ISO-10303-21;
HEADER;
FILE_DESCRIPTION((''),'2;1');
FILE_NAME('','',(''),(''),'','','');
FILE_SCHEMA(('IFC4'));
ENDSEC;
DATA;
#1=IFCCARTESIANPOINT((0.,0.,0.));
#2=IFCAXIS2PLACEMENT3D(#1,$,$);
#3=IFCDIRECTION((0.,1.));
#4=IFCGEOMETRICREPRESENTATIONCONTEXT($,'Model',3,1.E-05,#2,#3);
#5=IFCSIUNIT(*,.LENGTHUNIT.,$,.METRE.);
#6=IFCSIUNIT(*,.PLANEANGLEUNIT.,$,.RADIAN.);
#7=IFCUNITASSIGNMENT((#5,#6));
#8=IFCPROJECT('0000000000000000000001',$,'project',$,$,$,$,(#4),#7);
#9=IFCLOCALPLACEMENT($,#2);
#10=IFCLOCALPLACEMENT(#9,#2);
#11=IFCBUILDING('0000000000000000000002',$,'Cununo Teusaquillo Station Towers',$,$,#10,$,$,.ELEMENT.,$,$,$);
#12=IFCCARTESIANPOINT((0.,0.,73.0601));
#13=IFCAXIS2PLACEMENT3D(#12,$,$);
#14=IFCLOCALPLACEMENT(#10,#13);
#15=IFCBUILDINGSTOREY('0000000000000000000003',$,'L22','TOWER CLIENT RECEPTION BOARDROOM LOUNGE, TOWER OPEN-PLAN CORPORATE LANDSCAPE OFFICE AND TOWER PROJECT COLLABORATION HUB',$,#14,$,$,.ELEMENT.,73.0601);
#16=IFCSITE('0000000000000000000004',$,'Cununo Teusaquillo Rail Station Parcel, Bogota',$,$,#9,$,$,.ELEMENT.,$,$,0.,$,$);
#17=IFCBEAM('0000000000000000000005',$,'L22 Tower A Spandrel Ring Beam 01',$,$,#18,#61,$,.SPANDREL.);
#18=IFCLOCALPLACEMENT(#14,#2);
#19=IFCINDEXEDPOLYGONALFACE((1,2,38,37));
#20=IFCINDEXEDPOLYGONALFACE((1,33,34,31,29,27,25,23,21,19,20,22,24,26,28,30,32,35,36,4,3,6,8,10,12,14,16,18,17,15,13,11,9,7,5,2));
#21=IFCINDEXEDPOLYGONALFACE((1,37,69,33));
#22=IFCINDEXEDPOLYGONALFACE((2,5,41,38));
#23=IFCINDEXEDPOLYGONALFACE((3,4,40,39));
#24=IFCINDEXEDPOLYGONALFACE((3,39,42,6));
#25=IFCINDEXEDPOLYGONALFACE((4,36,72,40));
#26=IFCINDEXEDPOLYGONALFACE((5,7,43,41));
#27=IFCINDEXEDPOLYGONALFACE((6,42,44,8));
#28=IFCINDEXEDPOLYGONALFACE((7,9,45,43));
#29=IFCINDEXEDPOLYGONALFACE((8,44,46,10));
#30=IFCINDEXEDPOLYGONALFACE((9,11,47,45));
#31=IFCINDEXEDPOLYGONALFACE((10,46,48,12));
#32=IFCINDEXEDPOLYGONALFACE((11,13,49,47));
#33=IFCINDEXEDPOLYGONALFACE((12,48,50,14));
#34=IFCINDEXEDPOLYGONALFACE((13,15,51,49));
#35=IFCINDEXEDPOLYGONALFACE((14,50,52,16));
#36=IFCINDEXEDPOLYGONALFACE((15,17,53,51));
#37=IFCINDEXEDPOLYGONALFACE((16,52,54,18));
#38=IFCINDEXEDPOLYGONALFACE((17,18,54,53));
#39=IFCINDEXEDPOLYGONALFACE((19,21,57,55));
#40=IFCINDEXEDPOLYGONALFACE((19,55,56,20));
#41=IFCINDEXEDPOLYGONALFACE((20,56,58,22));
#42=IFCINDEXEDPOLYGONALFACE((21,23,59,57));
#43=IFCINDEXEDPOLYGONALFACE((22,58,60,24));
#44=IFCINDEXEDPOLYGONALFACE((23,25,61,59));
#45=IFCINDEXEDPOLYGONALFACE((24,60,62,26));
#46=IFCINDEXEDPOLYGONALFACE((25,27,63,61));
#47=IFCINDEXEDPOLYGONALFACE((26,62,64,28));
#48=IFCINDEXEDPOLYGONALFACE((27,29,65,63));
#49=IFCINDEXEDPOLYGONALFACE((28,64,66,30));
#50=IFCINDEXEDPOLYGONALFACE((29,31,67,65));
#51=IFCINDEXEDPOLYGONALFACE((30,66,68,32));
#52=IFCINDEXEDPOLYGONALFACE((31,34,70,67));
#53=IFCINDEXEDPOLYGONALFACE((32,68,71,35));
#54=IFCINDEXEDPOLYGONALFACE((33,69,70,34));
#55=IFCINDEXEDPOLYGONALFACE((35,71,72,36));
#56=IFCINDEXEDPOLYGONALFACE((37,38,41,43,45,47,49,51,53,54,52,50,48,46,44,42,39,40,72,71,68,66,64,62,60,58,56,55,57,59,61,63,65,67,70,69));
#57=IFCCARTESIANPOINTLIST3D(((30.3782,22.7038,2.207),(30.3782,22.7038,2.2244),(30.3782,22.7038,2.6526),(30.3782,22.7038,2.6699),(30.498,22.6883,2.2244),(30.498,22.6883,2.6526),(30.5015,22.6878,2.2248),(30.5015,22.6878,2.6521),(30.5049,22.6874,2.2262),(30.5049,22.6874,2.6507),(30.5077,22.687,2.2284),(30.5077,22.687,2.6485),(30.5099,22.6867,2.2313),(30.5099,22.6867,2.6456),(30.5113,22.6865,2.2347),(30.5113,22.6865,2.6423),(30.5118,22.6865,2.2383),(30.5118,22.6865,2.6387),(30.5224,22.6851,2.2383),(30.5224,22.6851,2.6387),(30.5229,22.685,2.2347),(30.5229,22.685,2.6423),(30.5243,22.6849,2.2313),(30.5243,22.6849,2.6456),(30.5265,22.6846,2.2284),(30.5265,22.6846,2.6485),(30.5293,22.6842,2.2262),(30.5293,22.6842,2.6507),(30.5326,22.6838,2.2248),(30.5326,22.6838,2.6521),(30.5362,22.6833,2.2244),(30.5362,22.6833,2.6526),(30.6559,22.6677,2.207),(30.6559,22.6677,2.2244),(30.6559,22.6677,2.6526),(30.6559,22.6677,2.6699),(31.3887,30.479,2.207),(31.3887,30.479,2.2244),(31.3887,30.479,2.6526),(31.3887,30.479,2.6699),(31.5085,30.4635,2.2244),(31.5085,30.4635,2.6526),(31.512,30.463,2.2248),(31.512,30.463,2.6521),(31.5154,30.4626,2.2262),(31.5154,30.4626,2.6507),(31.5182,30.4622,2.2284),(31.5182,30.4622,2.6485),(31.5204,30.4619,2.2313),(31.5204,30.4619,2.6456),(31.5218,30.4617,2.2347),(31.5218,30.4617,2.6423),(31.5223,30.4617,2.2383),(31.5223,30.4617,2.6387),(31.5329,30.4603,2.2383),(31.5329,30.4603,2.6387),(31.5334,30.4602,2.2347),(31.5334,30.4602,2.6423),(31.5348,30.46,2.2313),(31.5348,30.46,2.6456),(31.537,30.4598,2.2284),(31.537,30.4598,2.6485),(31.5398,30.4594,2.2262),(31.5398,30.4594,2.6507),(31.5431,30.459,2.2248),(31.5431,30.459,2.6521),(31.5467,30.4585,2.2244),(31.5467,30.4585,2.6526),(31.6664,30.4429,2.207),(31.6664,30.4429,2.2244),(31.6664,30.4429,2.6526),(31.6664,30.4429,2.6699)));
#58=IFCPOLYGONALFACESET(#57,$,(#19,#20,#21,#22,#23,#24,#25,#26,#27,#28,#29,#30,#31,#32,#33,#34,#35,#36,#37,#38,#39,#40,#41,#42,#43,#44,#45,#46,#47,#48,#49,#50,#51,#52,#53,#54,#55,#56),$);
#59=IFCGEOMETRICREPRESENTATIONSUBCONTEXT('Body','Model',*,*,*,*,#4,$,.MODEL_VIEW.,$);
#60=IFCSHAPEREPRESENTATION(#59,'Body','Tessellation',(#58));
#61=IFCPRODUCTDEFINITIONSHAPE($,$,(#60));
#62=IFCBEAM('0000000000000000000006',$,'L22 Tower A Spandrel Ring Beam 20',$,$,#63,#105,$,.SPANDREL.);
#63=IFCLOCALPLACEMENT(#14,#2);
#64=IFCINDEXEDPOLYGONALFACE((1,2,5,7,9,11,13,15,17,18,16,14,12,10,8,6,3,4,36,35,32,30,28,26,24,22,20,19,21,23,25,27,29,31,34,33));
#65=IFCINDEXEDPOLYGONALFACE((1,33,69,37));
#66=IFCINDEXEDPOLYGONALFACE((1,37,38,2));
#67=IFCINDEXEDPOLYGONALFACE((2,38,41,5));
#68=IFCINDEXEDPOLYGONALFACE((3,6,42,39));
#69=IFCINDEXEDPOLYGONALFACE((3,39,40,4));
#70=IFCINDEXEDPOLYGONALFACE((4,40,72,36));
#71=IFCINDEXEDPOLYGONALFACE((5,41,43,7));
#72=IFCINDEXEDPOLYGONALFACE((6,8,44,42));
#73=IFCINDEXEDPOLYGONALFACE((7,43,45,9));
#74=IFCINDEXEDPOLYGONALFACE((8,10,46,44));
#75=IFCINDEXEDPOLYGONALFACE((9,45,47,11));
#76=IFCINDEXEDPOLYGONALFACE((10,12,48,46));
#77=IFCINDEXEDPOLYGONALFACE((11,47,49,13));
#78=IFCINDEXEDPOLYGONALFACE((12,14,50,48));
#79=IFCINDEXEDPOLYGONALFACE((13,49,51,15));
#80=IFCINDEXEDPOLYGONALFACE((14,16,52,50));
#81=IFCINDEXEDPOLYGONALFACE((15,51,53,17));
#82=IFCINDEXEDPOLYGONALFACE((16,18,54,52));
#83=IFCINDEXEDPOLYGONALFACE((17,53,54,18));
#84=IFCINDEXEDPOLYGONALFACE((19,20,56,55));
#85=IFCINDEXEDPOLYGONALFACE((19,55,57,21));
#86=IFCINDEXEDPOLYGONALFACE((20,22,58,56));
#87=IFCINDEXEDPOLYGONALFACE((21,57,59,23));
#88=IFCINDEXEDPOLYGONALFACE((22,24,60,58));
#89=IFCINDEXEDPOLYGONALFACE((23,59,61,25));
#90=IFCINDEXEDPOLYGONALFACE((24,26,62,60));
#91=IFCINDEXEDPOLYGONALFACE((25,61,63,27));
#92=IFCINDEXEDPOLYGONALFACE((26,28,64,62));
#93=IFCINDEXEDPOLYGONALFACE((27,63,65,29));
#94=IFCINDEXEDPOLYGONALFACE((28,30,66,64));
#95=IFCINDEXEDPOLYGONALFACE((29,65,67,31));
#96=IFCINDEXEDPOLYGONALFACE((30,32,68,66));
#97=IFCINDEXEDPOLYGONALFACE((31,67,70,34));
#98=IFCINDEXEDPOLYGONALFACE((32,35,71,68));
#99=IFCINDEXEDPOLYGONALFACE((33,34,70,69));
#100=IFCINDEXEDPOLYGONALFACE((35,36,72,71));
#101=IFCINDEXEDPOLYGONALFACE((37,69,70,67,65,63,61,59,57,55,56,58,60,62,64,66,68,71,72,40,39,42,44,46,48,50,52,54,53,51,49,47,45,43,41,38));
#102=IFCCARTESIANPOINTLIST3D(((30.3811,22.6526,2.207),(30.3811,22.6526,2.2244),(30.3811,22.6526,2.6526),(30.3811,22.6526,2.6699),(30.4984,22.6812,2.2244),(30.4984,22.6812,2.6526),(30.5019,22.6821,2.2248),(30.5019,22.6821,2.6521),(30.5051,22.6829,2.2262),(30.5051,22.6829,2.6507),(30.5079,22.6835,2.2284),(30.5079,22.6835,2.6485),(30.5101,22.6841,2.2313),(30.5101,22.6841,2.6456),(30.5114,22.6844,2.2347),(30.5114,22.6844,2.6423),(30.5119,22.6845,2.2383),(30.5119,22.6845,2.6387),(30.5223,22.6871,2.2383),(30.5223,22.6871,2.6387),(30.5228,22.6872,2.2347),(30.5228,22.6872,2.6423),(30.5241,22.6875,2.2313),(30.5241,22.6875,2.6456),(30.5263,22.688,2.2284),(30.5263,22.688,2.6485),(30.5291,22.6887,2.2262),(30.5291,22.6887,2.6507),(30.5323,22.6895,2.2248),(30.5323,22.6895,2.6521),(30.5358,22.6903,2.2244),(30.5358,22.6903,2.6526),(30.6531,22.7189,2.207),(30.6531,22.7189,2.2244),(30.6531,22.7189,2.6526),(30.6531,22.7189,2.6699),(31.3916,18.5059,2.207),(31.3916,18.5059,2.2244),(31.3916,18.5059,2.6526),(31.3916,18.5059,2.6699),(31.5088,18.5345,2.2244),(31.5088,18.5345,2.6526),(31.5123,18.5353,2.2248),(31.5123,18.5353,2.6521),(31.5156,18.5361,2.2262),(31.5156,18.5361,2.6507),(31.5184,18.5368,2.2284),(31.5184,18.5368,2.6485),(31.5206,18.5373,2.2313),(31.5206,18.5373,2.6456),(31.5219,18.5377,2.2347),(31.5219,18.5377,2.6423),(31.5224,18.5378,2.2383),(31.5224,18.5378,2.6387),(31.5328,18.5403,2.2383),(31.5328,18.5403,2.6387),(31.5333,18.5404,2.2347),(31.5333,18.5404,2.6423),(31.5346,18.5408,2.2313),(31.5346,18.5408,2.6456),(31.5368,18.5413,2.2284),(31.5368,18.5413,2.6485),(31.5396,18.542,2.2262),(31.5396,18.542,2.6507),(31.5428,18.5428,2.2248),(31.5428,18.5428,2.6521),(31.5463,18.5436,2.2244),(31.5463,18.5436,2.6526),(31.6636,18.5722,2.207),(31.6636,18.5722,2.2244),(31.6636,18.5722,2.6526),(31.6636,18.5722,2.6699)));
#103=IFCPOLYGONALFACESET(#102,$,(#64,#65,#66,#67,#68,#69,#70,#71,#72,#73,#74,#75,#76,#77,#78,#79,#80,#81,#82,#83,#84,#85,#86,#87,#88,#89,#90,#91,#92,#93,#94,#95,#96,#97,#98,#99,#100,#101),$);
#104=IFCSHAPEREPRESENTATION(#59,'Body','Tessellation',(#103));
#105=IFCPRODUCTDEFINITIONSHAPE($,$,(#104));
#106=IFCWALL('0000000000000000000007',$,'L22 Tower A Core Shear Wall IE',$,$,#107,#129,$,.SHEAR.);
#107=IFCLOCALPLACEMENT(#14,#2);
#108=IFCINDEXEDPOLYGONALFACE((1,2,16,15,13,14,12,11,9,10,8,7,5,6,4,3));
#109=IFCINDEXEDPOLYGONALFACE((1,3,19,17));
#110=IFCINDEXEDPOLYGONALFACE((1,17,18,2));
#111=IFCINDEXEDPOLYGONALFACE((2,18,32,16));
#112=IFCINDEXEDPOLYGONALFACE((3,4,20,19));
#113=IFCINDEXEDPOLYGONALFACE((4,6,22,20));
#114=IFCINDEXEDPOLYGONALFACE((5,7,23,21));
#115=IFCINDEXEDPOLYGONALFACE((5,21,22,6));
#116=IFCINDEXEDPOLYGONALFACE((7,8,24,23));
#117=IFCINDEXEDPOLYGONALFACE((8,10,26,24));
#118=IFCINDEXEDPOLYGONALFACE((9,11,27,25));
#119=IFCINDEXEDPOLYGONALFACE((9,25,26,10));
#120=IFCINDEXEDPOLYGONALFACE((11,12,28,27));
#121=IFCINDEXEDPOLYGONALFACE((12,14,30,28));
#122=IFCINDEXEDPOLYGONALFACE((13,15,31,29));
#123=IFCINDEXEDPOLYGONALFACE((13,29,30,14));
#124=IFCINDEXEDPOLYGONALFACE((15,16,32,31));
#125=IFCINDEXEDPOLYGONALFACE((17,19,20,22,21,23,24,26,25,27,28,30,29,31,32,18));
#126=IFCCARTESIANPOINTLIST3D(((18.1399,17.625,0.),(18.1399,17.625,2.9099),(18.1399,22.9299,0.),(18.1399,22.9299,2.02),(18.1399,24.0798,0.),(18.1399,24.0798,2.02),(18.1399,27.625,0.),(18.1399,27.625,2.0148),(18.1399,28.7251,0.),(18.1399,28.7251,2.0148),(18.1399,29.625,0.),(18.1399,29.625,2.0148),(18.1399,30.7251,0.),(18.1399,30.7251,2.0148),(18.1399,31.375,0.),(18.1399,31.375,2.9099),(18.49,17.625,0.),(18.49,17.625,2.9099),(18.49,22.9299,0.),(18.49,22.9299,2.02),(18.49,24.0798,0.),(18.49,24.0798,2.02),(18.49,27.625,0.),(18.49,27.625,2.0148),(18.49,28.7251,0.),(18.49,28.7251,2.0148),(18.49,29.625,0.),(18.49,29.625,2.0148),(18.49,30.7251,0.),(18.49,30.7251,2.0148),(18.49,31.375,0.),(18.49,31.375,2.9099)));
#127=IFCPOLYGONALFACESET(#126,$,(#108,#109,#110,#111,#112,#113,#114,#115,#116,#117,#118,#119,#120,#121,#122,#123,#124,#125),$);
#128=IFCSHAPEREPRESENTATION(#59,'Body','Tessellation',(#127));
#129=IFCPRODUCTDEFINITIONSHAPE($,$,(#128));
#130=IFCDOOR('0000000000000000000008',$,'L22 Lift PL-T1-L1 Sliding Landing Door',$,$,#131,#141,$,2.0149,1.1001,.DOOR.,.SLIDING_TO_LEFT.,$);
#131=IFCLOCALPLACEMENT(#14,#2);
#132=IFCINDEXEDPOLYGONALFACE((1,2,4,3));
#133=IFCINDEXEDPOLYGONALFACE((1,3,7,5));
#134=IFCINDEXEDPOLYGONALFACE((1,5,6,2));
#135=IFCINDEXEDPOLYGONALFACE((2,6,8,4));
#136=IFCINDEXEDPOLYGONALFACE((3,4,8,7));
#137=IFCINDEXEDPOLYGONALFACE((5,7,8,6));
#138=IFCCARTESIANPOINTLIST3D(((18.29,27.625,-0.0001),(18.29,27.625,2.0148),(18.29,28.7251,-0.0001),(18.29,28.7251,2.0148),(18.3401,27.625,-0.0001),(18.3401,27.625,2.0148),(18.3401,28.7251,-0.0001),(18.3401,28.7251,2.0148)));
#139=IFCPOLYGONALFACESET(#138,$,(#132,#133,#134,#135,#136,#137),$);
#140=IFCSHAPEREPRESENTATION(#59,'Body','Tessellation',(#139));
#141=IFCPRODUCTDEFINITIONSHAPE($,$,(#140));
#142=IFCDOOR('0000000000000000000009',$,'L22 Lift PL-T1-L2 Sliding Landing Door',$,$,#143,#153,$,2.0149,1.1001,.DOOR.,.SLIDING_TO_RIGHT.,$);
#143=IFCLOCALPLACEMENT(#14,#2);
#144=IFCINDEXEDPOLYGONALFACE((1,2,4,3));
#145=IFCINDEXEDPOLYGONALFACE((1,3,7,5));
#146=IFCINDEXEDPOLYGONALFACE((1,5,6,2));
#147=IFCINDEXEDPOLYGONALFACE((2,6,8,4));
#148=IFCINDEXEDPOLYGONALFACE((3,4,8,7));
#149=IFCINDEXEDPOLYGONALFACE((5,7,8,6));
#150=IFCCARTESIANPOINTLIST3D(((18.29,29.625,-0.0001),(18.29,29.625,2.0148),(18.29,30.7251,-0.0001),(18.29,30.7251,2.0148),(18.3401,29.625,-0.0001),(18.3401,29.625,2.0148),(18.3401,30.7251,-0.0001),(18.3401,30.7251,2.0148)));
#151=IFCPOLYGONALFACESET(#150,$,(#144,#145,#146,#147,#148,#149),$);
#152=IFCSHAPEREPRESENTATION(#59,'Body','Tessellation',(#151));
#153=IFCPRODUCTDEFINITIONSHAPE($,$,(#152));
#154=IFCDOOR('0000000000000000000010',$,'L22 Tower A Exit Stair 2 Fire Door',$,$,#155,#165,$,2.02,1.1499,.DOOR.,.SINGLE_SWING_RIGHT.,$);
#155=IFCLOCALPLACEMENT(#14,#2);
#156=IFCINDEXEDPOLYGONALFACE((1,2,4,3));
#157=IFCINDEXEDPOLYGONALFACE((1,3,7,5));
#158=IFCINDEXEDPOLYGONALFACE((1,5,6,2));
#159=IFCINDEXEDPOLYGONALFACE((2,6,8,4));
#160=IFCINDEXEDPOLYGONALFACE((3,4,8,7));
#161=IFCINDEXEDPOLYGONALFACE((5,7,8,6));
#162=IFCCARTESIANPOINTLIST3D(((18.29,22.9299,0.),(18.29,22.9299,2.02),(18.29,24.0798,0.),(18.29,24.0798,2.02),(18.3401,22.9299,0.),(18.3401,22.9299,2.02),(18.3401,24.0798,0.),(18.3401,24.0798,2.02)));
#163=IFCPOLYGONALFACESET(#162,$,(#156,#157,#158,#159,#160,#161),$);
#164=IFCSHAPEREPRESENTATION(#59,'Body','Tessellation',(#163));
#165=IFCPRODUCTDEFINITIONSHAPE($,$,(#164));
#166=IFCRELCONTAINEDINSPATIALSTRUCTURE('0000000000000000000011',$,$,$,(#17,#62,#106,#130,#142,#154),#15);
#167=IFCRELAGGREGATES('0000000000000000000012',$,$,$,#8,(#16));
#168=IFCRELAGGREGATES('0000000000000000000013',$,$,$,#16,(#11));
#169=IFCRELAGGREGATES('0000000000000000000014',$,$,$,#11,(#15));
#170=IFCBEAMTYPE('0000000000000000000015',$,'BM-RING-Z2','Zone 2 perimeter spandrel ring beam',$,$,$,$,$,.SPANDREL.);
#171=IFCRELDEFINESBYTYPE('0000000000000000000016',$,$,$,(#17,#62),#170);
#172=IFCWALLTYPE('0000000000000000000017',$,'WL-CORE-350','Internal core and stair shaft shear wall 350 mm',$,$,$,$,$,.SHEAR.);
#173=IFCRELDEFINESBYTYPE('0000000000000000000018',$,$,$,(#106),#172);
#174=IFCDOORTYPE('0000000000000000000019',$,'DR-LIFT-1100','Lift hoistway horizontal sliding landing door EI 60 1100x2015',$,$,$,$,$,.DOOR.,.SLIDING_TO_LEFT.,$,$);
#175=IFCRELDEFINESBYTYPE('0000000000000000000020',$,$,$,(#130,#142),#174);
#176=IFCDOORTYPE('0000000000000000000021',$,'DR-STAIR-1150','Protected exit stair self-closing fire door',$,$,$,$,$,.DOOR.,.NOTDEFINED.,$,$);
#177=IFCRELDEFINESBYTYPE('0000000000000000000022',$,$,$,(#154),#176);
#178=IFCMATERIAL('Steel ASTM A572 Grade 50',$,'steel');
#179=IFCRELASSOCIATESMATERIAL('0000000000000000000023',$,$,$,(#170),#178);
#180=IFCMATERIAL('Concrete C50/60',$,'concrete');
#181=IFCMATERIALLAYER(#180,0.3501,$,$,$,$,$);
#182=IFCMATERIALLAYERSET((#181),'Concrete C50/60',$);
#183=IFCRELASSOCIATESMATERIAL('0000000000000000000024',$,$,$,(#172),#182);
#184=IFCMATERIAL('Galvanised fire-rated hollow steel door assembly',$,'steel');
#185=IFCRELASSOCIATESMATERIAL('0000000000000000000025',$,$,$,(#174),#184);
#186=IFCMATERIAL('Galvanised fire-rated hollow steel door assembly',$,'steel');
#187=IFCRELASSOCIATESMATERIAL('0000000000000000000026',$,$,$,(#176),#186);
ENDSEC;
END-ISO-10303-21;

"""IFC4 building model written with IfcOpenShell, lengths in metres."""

from ifc_helpers import new_model, si_unit, direction, frame, frame_2d, origin, origin_2d, place, context, subcontext, project, spatial, rectangle, i_section, extrude, source, transform, mapped, material, layer, layer_set, material_profile, profile_set, type_object, element, fill, save


model = new_model("IFC4")

# Units and contexts
model_context = context("Model", 3, precision=1e-05, world=origin(), true_north=direction((0.0, 1.0)))
body_context = subcontext(model_context, "Body", "Model", "MODEL_VIEW")
ifc_project = project(units=[si_unit("LENGTHUNIT", "METRE"), si_unit("PLANEANGLEUNIT", "RADIAN")], contexts=[model_context])

# Site, building, storey
site_placement = place(None, origin())
site = spatial("IfcSite", under=ifc_project, at=site_placement, Name="Cununo Teusaquillo Rail Station Parcel, Bogota", CompositionType="ELEMENT", RefElevation=0.0)
building_placement = place(site_placement, origin())
building = spatial("IfcBuilding", under=site, at=building_placement, Name="Cununo Teusaquillo Station Towers", CompositionType="ELEMENT")
storey_placement = place(building_placement, frame((0.0, 0.0, 73.0601)))
storey = spatial("IfcBuildingStorey", under=building, at=storey_placement, Name="L22", Description="TOWER CLIENT RECEPTION BOARDROOM LOUNGE, TOWER OPEN-PLAN CORPORATE LANDSCAPE OFFICE AND TOWER PROJECT COLLABORATION HUB", CompositionType="ELEMENT", Elevation=73.0601)

# Beams
ifc_material_1 = material(Name="Steel ASTM A572 Grade 50", Category="steel")
ifc_material_profile_1 = material_profile(ifc_material_1, i_section(OverallWidth=0.28, OverallDepth=0.4629, WebThickness=0.0107, FlangeThickness=0.0173, FilletRadius=0.0139, at=origin_2d()), Name="W18X76")
ifc_profile_set_1 = profile_set([ifc_material_profile_1], Name="Steel ASTM A572 Grade 50")
beam_type_1 = type_object("IfcBeamType", Name="BM-RING-Z2", Description="Zone 2 perimeter spandrel ring beam", PredefinedType="SPANDREL", material=ifc_profile_set_1)
beam_1_placement = place(storey_placement, frame((30.5171, 22.6858, 2.4385), z_axis=(0.128881, 0.99166, 0.0), x_axis=(-0.99166, 0.128881, 0.0)))
element("IfcBeam", 1, at=beam_1_placement, inside=storey, type_object=beam_type_1, Name="L22 Tower A Spandrel Ring Beam 01", PredefinedType="SPANDREL", context=body_context, shape_type="SweptSolid", body=[
    extrude(i_section(OverallWidth=0.28, OverallDepth=0.4629, WebThickness=0.0107, FlangeThickness=0.0173, FilletRadius=0.0139, at=origin_2d()), origin(), (0.0, 0.0, 1.0), 7.8406),
])
beam_2_placement = place(storey_placement, frame((31.5276, 18.5391, 2.4385), z_axis=(-0.236757, 0.971569, 0.0), x_axis=(-0.971569, -0.236757, 0.0)))
element("IfcBeam", 2, at=beam_2_placement, inside=storey, type_object=beam_type_1, Name="L22 Tower A Spandrel Ring Beam 20", PredefinedType="SPANDREL", context=body_context, shape_type="SweptSolid", body=[
    extrude(i_section(OverallWidth=0.28, OverallDepth=0.4629, WebThickness=0.0107, FlangeThickness=0.0173, FilletRadius=0.0139, at=origin_2d()), origin(), (0.0, 0.0, 1.0), 4.2681),
])

# Wall, openings, doors
ifc_material_2 = material(Name="Concrete C50/60", Category="concrete")
ifc_layer_1 = layer(ifc_material_2, 0.3501)
ifc_layer_set_1 = layer_set([ifc_layer_1], Name="Concrete C50/60")
wall_type_1 = type_object("IfcWallType", Name="WL-CORE-350", Description="Internal core and stair shaft shear wall 350 mm", PredefinedType="SHEAR", material=ifc_layer_set_1)
wall_1_placement = place(storey_placement, frame((18.3149, 17.625, 0.0), z_axis=(0.0, 0.0, 1.0), x_axis=(0.0, 1.0, 0.0)))
wall_1 = element("IfcWall", 3, at=wall_1_placement, inside=storey, type_object=wall_type_1, Name="L22 Tower A Core Shear Wall IE", PredefinedType="SHEAR", context=body_context, shape_type="SweptSolid", body=[
    extrude(rectangle(XDim=13.75, YDim=0.3501, at=frame_2d((6.875, 0.0))), origin(), (0.0, 0.0, 1.0), 2.9099),
])
shared_shape_1 = source(origin(), body_context, "Body", "SweptSolid", [
    extrude(rectangle(XDim=1.1001, YDim=2.0149, at=frame_2d((0.55, 1.0073))), frame((0.0, 0.1851, 0.0), z_axis=(0.0, -1.0, 0.0), x_axis=(1.0, 0.0, 0.0)), (0.0, 0.0, 1.0), 0.3701),
])
opening_1_placement = place(wall_1_placement, frame((10.0, 0.0, 0.0)))
opening_1 = element("IfcOpeningElement", 4, at=opening_1_placement, cuts=wall_1, PredefinedType="OPENING", context=body_context, shape_type="MappedRepresentation", body=[
    mapped(shared_shape_1, transform((0.0, 0.0, 0.0), x_axis=(1.0, 0.0, 0.0), y_axis=(0.0, 1.0, 0.0), z_axis=(0.0, 0.0, 1.0), scale=1.0)),
])
opening_2_placement = place(wall_1_placement, frame((12.0, 0.0, 0.0)))
opening_2 = element("IfcOpeningElement", 5, at=opening_2_placement, cuts=wall_1, PredefinedType="OPENING", context=body_context, shape_type="MappedRepresentation", body=[
    mapped(shared_shape_1, transform((0.0, 0.0, 0.0), x_axis=(1.0, 0.0, 0.0), y_axis=(0.0, 1.0, 0.0), z_axis=(0.0, 0.0, 1.0), scale=1.0)),
])
shared_shape_2 = source(origin(), body_context, "Body", "SweptSolid", [
    extrude(rectangle(XDim=1.1499, YDim=2.02, at=frame_2d((0.575, 1.01))), frame((0.0, 0.1851, 0.0), z_axis=(0.0, -1.0, 0.0), x_axis=(1.0, 0.0, 0.0)), (0.0, 0.0, 1.0), 0.3701),
])
opening_3_placement = place(wall_1_placement, frame((5.3049, 0.0, 0.0)))
opening_3 = element("IfcOpeningElement", 6, at=opening_3_placement, cuts=wall_1, PredefinedType="OPENING", context=body_context, shape_type="MappedRepresentation", body=[
    mapped(shared_shape_2, transform((0.0, 0.0, 0.0), x_axis=(1.0, 0.0, 0.0), y_axis=(0.0, 1.0, 0.0), z_axis=(0.0, 0.0, 1.0), scale=1.0)),
])
ifc_material_3 = material(Name="Galvanised fire-rated hollow steel door assembly", Category="steel")
door_type_1 = type_object("IfcDoorType", Name="DR-LIFT-1100", Description="Lift hoistway horizontal sliding landing door EI 60 1100x2015", OperationType="SLIDING_TO_LEFT", PredefinedType="DOOR", material=ifc_material_3)
shared_shape_3 = source(origin(), body_context, "Body", "SweptSolid", [
    extrude(rectangle(XDim=1.1001, YDim=2.0149, at=frame_2d((0.55, 1.0073))), frame((0.0, 0.0249, 0.0), z_axis=(0.0, -1.0, 0.0), x_axis=(1.0, 0.0, 0.0)), (0.0, 0.0, 1.0), 0.05),
])
door_1_placement = place(opening_1_placement, origin())
door_1 = element("IfcDoor", 7, at=door_1_placement, inside=storey, type_object=door_type_1, Name="L22 Lift PL-T1-L1 Sliding Landing Door", OperationType="SLIDING_TO_LEFT", OverallHeight=2.0149, OverallWidth=1.1001, PredefinedType="DOOR", context=body_context, shape_type="MappedRepresentation", body=[
    mapped(shared_shape_3, transform((0.0, 0.0, 0.0), x_axis=(1.0, 0.0, 0.0), y_axis=(0.0, 1.0, 0.0), z_axis=(0.0, 0.0, 1.0), scale=1.0)),
])
fill(opening_1, door_1)
door_2_placement = place(opening_2_placement, origin())
door_2 = element("IfcDoor", 8, at=door_2_placement, inside=storey, type_object=door_type_1, Name="L22 Lift PL-T1-L2 Sliding Landing Door", OperationType="SLIDING_TO_RIGHT", OverallHeight=2.0149, OverallWidth=1.1001, PredefinedType="DOOR", context=body_context, shape_type="MappedRepresentation", body=[
    mapped(shared_shape_3, transform((0.0, 0.0, 0.0), x_axis=(1.0, 0.0, 0.0), y_axis=(0.0, 1.0, 0.0), z_axis=(0.0, 0.0, 1.0), scale=1.0)),
])
fill(opening_2, door_2)
ifc_material_4 = material(Name="Galvanised fire-rated hollow steel door assembly", Category="steel")
door_type_2 = type_object("IfcDoorType", Name="DR-STAIR-1150", Description="Protected exit stair self-closing fire door", OperationType="NOTDEFINED", PredefinedType="DOOR", material=ifc_material_4)
shared_shape_4 = source(origin(), body_context, "Body", "SweptSolid", [
    extrude(rectangle(XDim=1.1499, YDim=2.02, at=frame_2d((0.575, 1.01))), frame((0.0, 0.0249, 0.0), z_axis=(0.0, -1.0, 0.0), x_axis=(1.0, 0.0, 0.0)), (0.0, 0.0, 1.0), 0.05),
])
door_3_placement = place(opening_3_placement, origin())
door_3 = element("IfcDoor", 9, at=door_3_placement, inside=storey, type_object=door_type_2, Name="L22 Tower A Exit Stair 2 Fire Door", OperationType="SINGLE_SWING_RIGHT", OverallHeight=2.02, OverallWidth=1.1499, PredefinedType="DOOR", context=body_context, shape_type="MappedRepresentation", body=[
    mapped(shared_shape_4, transform((0.0, 0.0, 0.0), x_axis=(1.0, 0.0, 0.0), y_axis=(0.0, 1.0, 0.0), z_axis=(0.0, 0.0, 1.0), scale=1.0)),
])
fill(opening_3, door_3)

save(model, "model.ifc")
